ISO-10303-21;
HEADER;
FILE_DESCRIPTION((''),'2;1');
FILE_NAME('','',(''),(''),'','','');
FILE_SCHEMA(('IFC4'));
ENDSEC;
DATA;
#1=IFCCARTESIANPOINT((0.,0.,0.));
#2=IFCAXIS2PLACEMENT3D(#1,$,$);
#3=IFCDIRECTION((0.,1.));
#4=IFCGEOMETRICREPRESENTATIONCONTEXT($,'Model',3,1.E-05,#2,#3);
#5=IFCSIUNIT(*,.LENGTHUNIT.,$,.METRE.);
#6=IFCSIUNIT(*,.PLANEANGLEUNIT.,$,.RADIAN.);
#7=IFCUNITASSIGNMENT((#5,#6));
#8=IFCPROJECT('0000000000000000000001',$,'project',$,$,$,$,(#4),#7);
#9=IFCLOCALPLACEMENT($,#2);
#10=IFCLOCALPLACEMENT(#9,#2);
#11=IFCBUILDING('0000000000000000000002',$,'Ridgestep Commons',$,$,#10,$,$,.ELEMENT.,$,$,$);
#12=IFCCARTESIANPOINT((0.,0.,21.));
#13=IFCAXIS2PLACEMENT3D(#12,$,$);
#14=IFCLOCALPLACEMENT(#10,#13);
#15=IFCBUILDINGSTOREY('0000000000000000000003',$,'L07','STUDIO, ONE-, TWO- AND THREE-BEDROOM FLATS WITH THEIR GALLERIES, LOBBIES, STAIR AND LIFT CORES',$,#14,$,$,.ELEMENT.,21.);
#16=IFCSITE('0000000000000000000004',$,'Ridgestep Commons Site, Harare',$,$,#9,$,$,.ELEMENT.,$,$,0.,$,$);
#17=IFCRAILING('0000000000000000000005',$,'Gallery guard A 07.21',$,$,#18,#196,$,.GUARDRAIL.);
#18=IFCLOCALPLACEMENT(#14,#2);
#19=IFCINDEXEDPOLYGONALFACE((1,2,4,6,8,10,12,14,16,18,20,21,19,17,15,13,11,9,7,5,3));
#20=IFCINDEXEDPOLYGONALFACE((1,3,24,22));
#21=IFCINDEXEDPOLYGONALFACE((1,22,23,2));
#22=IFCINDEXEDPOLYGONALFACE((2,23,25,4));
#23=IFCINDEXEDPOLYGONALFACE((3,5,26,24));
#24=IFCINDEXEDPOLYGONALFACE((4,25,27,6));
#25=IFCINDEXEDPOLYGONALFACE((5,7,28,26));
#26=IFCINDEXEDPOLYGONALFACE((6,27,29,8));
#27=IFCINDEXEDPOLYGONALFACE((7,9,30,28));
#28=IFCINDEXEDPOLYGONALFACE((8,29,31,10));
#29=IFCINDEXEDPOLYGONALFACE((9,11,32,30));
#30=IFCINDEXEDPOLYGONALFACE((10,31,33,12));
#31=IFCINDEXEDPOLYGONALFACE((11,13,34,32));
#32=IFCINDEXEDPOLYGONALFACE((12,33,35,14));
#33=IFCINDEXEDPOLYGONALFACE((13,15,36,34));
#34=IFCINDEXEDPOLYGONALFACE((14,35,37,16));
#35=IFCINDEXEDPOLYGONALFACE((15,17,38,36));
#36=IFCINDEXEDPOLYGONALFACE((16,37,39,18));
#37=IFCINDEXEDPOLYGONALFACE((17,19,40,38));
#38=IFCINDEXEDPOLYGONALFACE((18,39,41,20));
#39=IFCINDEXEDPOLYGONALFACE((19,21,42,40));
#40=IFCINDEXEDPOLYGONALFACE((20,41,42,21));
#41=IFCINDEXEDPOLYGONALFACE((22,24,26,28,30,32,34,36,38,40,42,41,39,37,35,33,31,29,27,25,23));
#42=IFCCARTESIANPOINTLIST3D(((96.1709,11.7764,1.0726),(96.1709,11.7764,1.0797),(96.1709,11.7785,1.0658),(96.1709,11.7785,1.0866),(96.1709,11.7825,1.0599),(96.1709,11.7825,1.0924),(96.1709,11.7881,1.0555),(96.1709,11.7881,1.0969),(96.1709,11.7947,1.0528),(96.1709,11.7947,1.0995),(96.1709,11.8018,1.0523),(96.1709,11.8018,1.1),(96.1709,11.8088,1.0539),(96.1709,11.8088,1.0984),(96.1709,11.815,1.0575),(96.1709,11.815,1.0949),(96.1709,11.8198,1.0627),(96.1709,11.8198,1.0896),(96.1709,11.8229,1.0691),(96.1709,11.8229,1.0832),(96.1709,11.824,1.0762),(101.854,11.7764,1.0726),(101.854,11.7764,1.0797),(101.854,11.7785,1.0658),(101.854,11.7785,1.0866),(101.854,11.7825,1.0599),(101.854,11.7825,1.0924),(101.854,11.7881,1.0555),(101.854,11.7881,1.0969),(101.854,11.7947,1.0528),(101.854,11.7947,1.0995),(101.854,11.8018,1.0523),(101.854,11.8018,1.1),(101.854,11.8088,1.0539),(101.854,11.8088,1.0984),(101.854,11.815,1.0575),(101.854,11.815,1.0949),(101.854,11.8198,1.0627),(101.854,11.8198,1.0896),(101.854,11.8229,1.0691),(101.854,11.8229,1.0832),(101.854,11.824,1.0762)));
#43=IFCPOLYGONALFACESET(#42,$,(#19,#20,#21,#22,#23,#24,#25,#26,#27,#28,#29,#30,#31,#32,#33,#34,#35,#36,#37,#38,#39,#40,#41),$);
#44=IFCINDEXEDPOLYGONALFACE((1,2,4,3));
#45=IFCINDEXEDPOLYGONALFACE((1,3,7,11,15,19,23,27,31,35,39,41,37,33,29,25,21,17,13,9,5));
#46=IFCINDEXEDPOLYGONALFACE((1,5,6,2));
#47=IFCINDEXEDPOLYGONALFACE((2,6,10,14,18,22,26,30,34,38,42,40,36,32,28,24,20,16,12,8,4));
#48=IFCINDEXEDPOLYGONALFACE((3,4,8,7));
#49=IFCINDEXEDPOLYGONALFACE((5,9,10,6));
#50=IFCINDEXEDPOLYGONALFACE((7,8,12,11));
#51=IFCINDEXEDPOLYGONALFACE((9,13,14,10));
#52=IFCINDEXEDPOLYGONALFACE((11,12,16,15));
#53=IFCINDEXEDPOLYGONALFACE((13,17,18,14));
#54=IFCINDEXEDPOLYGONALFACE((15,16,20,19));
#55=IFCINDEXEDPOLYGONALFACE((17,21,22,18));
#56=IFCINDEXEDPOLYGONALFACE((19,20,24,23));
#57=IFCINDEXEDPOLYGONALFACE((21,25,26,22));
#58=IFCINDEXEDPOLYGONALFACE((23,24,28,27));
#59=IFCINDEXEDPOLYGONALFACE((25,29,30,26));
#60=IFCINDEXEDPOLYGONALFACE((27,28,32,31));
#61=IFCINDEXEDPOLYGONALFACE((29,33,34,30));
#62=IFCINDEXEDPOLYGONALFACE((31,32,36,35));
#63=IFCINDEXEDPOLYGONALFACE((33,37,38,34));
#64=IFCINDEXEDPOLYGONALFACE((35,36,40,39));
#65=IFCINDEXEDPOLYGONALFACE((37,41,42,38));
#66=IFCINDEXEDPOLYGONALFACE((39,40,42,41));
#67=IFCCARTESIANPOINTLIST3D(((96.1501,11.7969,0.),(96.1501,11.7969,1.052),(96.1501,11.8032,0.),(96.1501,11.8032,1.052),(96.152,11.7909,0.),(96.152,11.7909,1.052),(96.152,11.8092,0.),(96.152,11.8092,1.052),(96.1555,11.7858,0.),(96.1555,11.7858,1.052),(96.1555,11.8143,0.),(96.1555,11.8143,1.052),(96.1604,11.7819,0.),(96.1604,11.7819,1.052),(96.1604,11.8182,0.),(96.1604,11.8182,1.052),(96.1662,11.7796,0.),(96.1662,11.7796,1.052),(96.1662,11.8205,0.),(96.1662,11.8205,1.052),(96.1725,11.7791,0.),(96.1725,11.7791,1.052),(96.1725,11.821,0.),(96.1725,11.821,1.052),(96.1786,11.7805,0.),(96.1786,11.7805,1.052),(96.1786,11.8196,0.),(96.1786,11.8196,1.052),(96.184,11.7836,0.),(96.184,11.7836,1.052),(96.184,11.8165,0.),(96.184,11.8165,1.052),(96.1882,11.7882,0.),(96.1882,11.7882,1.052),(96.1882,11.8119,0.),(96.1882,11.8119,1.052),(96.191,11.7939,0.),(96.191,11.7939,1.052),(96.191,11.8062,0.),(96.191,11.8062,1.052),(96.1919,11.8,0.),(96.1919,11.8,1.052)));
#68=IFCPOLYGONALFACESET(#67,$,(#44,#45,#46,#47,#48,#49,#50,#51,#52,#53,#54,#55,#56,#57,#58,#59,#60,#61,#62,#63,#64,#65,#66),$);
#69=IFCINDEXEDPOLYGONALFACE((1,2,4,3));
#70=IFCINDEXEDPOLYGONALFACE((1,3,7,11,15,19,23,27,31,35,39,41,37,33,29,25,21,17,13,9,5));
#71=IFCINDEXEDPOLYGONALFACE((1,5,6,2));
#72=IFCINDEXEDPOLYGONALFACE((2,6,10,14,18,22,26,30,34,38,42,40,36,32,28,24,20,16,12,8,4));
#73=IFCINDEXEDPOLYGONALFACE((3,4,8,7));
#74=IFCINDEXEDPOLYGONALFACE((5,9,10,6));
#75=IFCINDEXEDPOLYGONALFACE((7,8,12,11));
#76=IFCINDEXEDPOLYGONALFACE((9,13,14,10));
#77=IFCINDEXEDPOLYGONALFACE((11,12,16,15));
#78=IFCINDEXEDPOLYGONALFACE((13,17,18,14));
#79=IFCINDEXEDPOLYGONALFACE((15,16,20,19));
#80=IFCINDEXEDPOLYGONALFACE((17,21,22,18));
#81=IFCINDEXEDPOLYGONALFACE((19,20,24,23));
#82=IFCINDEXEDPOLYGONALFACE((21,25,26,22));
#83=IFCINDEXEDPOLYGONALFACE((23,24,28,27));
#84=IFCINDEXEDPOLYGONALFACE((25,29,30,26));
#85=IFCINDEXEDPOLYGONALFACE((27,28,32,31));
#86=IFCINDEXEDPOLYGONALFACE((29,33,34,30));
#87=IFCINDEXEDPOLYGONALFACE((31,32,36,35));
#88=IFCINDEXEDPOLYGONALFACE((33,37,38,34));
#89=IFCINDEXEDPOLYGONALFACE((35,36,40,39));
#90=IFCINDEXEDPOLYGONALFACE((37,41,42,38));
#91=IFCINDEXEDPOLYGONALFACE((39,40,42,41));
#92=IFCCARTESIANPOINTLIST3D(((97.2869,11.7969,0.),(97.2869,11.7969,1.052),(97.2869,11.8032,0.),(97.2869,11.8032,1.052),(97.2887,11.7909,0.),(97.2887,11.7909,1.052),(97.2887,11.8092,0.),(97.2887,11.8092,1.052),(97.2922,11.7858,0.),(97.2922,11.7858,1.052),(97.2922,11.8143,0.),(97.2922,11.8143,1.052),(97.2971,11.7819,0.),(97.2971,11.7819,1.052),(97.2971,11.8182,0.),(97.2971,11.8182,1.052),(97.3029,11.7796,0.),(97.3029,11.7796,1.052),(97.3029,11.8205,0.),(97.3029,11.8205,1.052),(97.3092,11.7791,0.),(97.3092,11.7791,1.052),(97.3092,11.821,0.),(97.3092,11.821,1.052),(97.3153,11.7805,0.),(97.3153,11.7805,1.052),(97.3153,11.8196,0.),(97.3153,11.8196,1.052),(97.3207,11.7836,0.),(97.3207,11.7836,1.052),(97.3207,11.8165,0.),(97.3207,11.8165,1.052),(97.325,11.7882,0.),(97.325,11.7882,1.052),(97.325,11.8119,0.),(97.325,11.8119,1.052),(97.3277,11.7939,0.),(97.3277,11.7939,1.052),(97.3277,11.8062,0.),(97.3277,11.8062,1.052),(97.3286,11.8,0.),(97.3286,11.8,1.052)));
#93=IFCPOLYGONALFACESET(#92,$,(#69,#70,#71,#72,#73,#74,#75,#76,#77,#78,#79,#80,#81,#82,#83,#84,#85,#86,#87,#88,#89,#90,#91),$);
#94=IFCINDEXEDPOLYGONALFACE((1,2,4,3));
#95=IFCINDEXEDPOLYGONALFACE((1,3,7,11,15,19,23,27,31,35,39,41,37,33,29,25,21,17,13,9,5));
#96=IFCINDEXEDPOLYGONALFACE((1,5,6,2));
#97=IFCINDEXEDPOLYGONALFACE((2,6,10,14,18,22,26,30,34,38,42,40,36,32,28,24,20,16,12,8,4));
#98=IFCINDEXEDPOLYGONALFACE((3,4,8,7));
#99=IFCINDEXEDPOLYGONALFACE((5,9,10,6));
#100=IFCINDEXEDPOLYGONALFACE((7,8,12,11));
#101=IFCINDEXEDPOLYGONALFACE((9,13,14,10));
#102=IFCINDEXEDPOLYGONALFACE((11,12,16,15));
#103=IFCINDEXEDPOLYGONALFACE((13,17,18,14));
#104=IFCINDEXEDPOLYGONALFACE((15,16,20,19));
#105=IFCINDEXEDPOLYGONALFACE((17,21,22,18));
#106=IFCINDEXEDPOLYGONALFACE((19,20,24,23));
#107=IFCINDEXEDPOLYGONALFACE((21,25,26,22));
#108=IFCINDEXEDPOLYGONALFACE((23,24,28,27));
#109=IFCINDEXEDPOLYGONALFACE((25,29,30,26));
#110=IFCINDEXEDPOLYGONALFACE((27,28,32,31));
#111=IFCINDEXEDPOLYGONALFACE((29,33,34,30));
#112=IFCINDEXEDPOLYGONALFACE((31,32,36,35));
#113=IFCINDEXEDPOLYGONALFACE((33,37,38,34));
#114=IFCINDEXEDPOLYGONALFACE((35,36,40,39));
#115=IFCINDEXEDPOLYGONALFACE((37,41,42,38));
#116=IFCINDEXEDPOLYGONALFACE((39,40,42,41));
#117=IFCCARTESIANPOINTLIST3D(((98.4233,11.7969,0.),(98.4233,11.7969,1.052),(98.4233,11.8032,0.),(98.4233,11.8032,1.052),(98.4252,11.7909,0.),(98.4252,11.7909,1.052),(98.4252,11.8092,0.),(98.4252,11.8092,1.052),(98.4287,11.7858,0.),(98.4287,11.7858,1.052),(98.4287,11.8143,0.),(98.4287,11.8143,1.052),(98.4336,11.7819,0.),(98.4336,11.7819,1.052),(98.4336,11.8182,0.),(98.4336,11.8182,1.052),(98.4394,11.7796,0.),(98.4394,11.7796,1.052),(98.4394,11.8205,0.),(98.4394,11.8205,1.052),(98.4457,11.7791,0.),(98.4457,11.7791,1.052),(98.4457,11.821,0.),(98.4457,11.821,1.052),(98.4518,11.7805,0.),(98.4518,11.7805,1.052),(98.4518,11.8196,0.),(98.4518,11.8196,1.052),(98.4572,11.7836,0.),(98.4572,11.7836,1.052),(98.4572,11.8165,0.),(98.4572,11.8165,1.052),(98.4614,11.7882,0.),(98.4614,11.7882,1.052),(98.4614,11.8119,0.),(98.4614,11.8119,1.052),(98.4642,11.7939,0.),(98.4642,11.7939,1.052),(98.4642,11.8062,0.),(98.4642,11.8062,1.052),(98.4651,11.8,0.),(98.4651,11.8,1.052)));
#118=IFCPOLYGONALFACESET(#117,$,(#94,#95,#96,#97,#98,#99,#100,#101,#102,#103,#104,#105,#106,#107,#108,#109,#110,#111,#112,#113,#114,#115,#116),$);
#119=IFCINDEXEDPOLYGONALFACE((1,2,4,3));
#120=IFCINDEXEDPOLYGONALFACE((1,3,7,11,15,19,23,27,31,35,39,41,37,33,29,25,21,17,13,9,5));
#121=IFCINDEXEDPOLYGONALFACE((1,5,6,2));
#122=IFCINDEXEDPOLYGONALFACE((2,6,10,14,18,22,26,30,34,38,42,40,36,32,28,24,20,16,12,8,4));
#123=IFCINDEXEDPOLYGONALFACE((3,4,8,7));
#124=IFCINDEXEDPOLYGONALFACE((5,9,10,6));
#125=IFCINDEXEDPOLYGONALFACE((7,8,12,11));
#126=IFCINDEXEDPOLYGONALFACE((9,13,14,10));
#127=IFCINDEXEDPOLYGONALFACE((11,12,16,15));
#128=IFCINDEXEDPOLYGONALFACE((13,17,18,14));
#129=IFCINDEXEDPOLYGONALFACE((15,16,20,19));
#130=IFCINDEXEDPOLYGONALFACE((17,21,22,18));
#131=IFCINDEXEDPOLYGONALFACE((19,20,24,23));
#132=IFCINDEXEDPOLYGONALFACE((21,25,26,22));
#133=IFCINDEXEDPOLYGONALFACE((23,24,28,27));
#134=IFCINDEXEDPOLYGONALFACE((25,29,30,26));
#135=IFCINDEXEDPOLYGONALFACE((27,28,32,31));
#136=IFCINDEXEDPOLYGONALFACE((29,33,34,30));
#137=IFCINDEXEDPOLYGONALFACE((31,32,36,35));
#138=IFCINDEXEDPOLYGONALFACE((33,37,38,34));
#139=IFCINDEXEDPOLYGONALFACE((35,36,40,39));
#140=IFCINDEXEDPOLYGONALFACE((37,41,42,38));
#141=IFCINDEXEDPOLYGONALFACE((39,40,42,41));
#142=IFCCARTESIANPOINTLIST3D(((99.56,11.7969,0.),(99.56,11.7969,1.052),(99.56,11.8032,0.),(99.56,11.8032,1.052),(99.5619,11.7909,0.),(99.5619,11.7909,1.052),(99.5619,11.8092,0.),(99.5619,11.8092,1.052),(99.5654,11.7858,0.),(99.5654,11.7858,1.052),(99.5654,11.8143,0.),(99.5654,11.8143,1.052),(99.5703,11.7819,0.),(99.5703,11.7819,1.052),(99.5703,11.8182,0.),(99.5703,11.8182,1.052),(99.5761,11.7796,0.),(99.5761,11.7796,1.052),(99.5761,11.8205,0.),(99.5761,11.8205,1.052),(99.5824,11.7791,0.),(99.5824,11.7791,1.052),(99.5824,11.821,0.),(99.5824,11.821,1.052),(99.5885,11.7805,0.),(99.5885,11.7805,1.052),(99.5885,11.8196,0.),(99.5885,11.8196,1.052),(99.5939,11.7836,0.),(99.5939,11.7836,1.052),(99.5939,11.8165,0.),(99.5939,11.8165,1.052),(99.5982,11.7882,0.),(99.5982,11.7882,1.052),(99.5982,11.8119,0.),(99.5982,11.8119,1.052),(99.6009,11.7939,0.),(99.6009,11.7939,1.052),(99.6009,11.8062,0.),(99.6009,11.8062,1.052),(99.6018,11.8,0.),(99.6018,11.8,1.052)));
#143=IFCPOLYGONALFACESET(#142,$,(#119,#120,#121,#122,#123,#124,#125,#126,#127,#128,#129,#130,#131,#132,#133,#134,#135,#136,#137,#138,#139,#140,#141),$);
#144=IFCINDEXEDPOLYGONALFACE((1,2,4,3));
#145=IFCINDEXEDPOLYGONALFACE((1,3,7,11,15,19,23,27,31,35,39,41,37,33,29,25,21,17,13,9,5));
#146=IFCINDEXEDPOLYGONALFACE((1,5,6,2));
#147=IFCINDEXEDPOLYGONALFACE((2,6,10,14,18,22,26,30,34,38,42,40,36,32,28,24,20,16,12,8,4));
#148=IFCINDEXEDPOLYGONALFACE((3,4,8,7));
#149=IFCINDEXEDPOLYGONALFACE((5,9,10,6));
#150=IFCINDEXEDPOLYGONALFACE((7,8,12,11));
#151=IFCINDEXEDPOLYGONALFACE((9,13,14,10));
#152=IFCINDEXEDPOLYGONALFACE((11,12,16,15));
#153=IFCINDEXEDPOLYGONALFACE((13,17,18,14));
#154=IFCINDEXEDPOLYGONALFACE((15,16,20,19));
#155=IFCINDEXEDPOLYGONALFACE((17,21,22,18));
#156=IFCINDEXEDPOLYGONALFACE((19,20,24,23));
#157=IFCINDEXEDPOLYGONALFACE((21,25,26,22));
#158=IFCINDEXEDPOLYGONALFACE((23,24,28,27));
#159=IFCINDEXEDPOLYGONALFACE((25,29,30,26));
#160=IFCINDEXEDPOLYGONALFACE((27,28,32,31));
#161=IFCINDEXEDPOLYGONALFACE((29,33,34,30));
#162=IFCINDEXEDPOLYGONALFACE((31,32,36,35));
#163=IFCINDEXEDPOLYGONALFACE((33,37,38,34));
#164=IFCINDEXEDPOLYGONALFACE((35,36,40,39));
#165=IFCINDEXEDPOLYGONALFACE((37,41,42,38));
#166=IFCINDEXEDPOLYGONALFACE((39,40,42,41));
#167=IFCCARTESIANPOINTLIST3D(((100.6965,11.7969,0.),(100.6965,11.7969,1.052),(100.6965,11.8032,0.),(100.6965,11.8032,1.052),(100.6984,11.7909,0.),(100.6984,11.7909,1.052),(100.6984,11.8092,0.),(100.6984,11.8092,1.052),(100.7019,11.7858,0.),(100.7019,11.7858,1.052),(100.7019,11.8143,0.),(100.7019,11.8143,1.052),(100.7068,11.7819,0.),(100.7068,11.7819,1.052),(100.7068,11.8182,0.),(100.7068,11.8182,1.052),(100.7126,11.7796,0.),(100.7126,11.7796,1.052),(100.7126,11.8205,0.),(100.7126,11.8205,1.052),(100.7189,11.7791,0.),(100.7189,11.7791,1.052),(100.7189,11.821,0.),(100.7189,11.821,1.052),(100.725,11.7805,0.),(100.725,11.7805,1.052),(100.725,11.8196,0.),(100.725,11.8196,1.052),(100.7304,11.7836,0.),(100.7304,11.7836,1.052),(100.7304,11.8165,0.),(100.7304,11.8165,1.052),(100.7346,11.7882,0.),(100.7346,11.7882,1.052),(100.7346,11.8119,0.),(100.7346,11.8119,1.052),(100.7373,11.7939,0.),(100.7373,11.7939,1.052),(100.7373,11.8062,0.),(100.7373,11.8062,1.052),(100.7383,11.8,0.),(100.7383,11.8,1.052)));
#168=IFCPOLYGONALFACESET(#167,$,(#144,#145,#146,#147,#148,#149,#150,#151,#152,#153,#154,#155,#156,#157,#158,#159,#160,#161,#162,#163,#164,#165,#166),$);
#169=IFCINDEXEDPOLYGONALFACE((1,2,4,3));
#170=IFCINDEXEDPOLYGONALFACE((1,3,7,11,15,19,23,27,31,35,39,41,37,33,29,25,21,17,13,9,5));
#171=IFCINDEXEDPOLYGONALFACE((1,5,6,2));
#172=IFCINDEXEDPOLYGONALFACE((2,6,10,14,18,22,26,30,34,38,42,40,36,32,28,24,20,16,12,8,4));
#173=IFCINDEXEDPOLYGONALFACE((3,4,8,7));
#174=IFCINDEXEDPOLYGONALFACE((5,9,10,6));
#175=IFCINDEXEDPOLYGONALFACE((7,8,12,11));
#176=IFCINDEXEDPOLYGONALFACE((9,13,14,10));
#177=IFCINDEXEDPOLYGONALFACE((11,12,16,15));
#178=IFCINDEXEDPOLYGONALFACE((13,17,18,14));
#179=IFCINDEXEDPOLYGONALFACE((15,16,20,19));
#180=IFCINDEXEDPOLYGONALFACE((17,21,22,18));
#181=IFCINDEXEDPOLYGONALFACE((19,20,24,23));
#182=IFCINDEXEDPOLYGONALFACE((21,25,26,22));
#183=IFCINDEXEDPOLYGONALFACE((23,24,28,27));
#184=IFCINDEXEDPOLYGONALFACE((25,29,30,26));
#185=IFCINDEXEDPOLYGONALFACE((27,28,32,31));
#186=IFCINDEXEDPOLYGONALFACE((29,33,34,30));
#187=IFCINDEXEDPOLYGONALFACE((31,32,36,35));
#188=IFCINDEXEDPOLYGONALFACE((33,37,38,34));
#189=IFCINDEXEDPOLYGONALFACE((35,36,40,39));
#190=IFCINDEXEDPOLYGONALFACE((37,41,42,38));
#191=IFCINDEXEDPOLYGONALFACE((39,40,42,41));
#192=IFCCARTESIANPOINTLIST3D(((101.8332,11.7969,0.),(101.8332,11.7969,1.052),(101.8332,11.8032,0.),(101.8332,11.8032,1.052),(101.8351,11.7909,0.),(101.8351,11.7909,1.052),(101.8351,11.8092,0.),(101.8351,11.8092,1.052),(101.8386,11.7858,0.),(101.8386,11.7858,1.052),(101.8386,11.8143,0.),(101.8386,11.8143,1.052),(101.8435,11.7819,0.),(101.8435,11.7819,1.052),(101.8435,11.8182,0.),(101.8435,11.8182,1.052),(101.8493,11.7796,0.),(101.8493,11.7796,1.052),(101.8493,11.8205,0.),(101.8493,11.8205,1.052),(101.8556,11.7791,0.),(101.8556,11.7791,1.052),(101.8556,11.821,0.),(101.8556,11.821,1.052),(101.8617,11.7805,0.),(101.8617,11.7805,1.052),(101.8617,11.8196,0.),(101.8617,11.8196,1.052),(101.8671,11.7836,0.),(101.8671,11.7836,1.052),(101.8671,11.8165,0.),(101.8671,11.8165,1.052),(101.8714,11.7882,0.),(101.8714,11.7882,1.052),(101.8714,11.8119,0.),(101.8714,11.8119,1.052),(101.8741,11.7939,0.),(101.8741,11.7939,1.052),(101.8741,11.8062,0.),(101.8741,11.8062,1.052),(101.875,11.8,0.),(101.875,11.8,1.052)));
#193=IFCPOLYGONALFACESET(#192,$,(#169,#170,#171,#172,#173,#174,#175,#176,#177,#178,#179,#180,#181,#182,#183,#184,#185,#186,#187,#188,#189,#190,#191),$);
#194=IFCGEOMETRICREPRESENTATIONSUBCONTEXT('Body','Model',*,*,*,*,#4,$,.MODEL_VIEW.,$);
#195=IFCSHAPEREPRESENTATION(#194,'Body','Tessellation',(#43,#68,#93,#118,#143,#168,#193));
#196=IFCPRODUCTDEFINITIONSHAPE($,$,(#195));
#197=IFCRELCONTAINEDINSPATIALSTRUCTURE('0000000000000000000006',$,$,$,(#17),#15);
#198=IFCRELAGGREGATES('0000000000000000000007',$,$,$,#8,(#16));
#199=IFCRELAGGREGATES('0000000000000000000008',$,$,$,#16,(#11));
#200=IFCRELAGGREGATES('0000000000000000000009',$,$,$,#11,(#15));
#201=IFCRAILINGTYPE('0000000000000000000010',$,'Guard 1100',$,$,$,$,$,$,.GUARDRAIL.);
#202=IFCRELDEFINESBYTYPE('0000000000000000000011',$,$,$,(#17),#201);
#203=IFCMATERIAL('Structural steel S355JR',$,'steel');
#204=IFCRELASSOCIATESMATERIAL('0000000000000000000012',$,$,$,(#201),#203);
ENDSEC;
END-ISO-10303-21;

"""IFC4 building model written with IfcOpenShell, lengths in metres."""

from ifc_helpers import new_model, si_unit, direction, frame, origin, origin_2d, place, context, subcontext, project, spatial, circle, extrude, material, type_object, element, save


model = new_model("IFC4")

# Units and contexts
model_context = context("Model", 3, precision=1e-05, world=origin(), true_north=direction((0.0, 1.0)))
body_context = subcontext(model_context, "Body", "Model", "MODEL_VIEW")
ifc_project = project(units=[si_unit("LENGTHUNIT", "METRE"), si_unit("PLANEANGLEUNIT", "RADIAN")], contexts=[model_context])

# Site, building, storey
site_placement = place(None, origin())
site = spatial("IfcSite", under=ifc_project, at=site_placement, Name="Ridgestep Commons Site, Harare", CompositionType="ELEMENT", RefElevation=0.0)
building_placement = place(site_placement, origin())
building = spatial("IfcBuilding", under=site, at=building_placement, Name="Ridgestep Commons", CompositionType="ELEMENT")
storey_placement = place(building_placement, frame((0.0, 0.0, 21.0)))
storey = spatial("IfcBuildingStorey", under=building, at=storey_placement, Name="L07", Description="STUDIO, ONE-, TWO- AND THREE-BEDROOM FLATS WITH THEIR GALLERIES, LOBBIES, STAIR AND LIFT CORES", CompositionType="ELEMENT", Elevation=21.0)

# Railing
ifc_material_1 = material(Name="Structural steel S355JR", Category="steel")
railing_type_1 = type_object("IfcRailingType", Name="Guard 1100", PredefinedType="GUARDRAIL", material=ifc_material_1)
railing_1_placement = place(storey_placement, frame((96.1709, 11.8, 0.0)))
element("IfcRailing", 1, at=railing_1_placement, inside=storey, type_object=railing_type_1, Name="Gallery guard A 07.21", PredefinedType="GUARDRAIL", context=body_context, shape_type="SweptSolid", body=[
    extrude(circle(Radius=0.0239, at=origin_2d()), frame((0.0, 0.0, 1.0762), z_axis=(1.0, 0.0, 0.0), x_axis=(0.0, 1.0, 0.0)), (0.0, 0.0, 1.0), 5.6831),
    extrude(circle(Radius=0.021, at=origin_2d()), origin(), (0.0, 0.0, 1.0), 1.052),
    extrude(circle(Radius=0.021, at=origin_2d()), frame((1.1367, 0.0, 0.0)), (0.0, 0.0, 1.0), 1.052),
    extrude(circle(Radius=0.021, at=origin_2d()), frame((2.2732, 0.0, 0.0)), (0.0, 0.0, 1.0), 1.052),
    extrude(circle(Radius=0.021, at=origin_2d()), frame((3.4099, 0.0, 0.0)), (0.0, 0.0, 1.0), 1.052),
    extrude(circle(Radius=0.021, at=origin_2d()), frame((4.5464, 0.0, 0.0)), (0.0, 0.0, 1.0), 1.052),
    extrude(circle(Radius=0.021, at=origin_2d()), frame((5.6831, 0.0, 0.0)), (0.0, 0.0, 1.0), 1.052),
])

save(model, "model.ifc")
